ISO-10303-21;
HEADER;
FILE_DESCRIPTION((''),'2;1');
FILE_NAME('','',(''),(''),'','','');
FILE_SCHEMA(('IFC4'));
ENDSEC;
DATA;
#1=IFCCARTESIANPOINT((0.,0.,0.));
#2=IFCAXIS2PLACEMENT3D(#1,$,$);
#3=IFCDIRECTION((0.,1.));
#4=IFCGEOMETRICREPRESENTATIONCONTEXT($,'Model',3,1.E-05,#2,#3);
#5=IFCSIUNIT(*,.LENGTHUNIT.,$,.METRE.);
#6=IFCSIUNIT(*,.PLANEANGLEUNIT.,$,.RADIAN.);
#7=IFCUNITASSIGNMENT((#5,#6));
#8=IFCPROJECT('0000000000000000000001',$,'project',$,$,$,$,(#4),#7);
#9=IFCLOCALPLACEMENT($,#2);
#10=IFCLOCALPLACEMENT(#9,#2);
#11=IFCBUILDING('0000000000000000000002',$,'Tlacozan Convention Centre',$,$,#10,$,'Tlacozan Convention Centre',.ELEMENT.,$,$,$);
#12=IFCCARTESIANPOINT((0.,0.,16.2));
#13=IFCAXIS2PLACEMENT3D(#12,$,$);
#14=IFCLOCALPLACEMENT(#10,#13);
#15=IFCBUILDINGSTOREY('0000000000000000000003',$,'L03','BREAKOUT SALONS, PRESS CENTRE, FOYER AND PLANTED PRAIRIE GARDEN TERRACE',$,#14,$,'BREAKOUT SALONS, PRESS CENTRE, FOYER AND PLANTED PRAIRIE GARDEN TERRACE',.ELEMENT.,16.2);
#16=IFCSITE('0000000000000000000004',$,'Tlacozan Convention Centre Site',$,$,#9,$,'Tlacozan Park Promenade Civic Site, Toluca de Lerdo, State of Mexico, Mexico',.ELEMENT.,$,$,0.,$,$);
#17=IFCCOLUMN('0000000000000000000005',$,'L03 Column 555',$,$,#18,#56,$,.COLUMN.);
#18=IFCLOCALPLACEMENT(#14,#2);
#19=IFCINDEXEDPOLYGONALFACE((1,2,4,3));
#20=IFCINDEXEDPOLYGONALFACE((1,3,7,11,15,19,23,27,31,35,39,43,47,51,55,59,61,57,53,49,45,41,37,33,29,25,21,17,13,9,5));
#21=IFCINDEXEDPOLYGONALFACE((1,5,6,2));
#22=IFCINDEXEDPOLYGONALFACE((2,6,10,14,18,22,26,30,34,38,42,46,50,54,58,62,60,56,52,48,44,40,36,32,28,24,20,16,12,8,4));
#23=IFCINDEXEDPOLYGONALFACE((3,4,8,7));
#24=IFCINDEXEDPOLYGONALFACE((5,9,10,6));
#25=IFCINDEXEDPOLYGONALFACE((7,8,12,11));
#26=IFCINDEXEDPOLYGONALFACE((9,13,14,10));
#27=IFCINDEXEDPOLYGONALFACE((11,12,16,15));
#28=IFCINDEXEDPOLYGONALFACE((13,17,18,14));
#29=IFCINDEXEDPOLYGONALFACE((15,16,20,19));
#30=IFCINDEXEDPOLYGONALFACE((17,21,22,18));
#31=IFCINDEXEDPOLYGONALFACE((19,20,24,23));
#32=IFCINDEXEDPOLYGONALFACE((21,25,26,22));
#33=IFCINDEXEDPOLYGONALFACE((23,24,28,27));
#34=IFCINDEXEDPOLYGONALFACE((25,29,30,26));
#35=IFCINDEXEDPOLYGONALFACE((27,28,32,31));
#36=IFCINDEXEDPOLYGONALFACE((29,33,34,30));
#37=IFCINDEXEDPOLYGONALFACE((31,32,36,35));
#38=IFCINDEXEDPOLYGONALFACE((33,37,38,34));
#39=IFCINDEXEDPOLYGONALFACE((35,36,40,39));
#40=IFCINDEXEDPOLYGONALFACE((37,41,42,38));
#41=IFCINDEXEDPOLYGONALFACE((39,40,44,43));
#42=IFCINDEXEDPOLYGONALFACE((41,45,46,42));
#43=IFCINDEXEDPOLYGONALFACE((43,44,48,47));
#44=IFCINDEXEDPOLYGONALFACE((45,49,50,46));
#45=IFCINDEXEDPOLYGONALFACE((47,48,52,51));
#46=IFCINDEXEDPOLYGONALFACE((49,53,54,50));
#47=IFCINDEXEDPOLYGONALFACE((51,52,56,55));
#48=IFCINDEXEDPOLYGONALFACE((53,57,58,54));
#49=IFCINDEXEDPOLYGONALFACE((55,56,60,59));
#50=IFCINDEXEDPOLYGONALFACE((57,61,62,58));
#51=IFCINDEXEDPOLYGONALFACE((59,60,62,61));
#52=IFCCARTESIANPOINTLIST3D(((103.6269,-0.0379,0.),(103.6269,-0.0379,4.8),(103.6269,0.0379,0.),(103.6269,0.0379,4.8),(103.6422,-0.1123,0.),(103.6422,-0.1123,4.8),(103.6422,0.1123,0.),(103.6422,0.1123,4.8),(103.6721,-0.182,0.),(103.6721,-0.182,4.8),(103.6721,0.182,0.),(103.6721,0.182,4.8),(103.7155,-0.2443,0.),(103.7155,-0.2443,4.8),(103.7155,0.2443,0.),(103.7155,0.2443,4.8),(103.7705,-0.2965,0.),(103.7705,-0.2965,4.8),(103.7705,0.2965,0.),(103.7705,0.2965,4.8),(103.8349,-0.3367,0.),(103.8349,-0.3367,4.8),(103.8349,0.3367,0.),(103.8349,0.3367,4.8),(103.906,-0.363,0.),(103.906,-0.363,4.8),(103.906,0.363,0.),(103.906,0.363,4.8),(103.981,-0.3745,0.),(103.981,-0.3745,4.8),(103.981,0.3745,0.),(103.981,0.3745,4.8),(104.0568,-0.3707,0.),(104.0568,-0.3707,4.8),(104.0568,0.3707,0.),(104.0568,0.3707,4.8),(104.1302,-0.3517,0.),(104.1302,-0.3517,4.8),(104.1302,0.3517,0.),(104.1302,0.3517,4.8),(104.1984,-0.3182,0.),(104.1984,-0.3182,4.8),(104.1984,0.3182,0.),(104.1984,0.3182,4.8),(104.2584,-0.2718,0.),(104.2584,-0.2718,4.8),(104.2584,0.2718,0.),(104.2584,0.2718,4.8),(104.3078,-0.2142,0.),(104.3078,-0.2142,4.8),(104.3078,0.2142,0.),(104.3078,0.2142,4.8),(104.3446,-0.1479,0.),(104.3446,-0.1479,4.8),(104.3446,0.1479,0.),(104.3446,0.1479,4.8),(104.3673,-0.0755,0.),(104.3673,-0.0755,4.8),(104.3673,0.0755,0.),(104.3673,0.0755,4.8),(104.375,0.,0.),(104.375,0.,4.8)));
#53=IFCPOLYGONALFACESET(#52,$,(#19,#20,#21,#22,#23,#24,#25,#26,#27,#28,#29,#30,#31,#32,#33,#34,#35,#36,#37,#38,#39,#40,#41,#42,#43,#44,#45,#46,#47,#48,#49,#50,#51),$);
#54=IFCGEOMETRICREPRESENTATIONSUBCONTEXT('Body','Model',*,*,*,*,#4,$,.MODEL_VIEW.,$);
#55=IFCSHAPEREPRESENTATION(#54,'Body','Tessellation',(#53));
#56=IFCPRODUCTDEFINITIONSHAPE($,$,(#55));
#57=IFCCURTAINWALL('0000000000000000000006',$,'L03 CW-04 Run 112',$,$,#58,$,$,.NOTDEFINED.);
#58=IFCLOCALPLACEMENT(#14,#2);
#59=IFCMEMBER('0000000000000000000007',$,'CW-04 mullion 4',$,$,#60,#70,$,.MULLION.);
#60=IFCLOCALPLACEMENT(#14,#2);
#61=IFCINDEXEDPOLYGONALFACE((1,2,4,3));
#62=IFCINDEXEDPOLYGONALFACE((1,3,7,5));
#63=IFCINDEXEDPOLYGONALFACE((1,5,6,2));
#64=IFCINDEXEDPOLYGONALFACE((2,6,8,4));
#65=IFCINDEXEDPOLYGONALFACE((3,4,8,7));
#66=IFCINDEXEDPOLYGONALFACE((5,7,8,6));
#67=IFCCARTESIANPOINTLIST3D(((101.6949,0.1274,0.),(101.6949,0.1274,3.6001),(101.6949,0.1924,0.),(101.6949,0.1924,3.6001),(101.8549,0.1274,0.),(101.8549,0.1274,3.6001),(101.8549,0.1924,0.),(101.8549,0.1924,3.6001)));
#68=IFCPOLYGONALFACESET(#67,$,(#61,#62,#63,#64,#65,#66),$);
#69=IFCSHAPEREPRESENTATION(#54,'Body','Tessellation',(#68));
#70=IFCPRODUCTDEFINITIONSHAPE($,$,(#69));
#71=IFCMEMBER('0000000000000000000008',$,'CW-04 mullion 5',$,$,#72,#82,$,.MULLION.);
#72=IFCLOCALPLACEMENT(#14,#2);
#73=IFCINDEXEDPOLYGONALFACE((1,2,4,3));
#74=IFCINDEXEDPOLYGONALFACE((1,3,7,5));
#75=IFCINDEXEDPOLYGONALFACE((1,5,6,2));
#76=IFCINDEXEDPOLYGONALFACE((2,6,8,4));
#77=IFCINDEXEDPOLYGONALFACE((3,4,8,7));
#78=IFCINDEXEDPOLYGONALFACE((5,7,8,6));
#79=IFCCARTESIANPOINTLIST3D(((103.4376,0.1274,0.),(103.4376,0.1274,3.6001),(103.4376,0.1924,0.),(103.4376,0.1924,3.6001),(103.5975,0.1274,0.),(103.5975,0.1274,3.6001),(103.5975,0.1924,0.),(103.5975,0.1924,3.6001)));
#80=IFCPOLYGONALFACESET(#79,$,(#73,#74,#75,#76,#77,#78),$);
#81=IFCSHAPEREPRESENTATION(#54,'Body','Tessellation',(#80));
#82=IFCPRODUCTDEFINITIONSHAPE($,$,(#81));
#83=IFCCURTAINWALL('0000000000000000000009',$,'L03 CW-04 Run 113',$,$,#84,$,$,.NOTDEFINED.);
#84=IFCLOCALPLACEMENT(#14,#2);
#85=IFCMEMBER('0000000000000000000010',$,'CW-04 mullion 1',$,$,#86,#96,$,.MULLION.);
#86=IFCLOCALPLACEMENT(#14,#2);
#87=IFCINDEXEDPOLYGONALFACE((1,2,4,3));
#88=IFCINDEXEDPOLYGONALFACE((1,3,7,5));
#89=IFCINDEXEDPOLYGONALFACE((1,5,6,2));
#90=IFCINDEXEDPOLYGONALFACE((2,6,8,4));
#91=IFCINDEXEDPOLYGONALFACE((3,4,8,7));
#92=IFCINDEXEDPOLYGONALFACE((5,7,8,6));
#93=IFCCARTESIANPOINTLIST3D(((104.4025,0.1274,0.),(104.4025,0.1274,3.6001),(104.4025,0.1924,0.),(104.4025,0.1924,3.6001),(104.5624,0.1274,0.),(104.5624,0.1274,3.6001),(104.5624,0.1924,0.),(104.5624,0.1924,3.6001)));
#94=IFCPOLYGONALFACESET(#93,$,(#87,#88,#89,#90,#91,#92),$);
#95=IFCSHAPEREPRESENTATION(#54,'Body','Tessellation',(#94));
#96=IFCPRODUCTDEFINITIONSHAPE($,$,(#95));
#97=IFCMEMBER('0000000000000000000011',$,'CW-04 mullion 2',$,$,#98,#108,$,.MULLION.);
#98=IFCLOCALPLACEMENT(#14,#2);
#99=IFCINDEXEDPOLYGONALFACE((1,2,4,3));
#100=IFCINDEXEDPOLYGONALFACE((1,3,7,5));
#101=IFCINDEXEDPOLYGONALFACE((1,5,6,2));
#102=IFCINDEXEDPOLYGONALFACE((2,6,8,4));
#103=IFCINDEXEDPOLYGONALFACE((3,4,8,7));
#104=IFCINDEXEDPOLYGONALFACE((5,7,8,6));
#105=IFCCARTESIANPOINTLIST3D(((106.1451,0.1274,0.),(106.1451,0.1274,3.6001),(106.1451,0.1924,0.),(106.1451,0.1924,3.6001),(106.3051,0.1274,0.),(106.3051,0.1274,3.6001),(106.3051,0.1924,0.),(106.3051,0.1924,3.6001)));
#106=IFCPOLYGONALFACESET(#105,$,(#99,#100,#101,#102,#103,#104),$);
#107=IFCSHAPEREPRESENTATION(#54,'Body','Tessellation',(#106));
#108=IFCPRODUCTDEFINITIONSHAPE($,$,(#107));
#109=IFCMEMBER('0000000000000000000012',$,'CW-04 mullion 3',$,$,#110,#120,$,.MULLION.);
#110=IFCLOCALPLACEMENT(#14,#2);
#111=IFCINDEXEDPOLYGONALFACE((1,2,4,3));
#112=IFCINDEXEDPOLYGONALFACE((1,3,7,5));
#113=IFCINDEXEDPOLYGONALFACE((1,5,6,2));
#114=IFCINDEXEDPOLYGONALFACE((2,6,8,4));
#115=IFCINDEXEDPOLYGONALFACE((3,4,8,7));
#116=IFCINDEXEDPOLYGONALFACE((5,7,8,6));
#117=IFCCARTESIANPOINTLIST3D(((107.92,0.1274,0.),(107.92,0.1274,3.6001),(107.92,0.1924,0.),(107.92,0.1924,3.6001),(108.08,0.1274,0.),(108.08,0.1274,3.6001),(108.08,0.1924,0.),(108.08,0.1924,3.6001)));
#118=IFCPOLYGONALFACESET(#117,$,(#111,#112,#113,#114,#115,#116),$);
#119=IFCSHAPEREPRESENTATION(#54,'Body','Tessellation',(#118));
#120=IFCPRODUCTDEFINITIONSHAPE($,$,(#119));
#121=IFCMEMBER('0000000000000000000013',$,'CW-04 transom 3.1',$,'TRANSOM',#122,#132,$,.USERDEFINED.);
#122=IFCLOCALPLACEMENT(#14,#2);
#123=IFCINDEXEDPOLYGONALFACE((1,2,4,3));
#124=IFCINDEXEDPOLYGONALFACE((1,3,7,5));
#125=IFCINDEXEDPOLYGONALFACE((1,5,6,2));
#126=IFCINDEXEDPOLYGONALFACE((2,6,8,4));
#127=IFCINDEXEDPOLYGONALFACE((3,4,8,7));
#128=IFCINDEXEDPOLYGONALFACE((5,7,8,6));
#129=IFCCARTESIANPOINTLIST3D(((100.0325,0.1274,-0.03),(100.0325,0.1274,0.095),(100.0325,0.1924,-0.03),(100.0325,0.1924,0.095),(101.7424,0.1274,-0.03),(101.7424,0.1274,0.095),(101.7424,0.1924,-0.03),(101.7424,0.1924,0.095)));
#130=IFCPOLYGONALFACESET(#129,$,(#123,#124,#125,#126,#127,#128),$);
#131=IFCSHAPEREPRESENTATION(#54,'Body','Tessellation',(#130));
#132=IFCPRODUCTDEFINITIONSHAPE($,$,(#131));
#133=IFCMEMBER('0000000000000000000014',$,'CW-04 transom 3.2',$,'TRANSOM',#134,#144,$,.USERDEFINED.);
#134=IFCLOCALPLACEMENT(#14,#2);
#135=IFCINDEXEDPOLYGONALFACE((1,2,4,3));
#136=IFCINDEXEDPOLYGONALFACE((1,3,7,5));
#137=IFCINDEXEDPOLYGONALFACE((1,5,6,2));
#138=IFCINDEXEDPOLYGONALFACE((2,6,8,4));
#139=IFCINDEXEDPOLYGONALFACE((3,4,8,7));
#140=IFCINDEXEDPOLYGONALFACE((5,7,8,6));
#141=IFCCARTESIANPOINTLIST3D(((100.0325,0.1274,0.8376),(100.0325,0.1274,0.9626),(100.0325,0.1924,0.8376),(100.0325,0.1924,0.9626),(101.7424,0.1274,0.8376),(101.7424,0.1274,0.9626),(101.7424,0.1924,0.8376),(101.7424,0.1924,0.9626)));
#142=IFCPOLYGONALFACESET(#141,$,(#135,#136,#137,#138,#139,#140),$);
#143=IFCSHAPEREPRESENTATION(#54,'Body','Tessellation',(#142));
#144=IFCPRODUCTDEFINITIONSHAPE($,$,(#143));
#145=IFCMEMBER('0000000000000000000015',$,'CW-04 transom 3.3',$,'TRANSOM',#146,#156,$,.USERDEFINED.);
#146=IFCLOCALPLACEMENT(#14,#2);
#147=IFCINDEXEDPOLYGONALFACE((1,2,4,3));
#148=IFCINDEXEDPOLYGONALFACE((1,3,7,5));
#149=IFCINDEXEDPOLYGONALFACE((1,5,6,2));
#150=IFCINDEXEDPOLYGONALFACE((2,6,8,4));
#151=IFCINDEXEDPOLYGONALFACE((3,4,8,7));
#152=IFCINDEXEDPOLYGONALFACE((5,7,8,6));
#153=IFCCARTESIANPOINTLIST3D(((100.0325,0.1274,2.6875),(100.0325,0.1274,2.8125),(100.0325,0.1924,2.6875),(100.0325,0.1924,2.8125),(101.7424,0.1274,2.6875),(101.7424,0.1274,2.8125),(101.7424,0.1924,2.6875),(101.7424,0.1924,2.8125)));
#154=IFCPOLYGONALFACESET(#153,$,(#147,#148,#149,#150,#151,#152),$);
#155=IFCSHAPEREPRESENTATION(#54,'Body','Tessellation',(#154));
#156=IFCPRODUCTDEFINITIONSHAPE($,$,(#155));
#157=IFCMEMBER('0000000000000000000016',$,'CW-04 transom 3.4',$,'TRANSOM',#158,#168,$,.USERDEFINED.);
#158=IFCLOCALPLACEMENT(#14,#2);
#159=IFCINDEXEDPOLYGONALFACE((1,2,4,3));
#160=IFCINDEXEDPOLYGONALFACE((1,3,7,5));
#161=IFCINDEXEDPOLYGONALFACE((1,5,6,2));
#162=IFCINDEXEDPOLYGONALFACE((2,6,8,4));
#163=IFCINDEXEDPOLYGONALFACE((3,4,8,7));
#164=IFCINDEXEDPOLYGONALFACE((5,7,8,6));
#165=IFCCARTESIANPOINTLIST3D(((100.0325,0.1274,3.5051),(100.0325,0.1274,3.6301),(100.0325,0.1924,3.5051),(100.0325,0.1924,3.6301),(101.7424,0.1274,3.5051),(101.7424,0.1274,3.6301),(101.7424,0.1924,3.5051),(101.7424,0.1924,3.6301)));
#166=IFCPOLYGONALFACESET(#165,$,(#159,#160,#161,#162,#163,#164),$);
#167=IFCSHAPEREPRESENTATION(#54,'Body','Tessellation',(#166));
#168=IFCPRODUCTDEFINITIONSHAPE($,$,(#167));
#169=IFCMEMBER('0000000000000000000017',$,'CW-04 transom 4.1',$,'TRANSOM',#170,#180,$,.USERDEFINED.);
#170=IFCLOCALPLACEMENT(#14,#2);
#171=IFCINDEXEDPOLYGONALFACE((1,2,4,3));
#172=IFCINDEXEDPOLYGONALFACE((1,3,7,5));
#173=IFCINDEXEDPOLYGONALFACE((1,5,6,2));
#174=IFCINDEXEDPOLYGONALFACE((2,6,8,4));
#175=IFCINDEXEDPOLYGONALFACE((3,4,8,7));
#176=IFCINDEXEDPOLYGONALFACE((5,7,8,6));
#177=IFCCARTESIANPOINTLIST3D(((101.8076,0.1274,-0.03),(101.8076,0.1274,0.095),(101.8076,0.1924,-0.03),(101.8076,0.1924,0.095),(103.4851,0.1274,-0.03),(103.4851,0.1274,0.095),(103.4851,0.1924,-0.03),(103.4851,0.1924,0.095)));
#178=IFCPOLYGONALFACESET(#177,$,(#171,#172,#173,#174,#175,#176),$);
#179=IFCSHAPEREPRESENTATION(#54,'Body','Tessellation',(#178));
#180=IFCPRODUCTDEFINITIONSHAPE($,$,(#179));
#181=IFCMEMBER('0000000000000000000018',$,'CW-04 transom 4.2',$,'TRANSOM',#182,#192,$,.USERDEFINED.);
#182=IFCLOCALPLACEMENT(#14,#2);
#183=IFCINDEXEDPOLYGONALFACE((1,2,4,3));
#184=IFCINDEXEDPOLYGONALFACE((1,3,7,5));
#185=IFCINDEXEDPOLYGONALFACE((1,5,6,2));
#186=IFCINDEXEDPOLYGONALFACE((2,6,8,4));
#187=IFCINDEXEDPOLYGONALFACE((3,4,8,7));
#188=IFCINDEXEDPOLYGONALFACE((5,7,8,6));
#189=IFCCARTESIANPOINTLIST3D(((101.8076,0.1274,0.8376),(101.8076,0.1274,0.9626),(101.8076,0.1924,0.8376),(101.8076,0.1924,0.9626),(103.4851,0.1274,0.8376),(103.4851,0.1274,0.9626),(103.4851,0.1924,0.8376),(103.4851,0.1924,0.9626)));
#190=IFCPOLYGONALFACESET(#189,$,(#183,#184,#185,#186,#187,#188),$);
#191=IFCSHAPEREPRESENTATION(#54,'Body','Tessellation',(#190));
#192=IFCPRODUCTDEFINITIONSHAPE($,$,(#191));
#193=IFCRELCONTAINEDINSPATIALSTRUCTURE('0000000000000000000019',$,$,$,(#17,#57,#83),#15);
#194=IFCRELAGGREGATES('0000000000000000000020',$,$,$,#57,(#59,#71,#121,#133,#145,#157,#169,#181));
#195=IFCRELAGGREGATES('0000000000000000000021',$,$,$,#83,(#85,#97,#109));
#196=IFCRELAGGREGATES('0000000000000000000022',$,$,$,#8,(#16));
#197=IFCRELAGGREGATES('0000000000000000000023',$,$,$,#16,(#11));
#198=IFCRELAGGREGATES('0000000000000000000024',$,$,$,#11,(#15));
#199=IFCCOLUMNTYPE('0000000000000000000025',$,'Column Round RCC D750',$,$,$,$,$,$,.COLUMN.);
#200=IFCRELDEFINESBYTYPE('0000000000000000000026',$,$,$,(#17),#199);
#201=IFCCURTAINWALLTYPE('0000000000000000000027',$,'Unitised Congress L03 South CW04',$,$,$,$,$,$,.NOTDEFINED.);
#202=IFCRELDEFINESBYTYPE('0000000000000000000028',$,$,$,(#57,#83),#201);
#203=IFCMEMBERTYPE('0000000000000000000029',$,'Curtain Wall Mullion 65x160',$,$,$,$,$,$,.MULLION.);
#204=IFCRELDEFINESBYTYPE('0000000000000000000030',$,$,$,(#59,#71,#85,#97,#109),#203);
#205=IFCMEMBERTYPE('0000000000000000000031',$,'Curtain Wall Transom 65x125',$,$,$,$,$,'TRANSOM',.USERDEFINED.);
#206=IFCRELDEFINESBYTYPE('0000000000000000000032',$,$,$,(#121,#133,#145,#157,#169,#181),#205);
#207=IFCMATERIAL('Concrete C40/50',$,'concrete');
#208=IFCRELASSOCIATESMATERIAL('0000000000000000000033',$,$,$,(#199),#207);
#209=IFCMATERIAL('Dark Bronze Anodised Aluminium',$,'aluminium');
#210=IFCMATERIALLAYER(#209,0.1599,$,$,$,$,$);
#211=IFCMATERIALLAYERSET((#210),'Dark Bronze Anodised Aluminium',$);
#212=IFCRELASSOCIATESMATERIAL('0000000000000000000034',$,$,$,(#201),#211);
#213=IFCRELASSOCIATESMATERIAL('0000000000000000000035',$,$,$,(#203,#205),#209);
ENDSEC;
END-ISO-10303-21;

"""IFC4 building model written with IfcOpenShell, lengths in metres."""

from ifc_helpers import new_model, si_unit, direction, frame, origin, origin_2d, place, context, subcontext, project, spatial, rectangle, circle, extrude, material, layer, layer_set, material_profile, profile_set, type_object, element, aggregate, save


model = new_model("IFC4")

# Units and contexts
model_context = context("Model", 3, precision=1e-05, world=origin(), true_north=direction((0.0, 1.0)))
body_context = subcontext(model_context, "Body", "Model", "MODEL_VIEW")
ifc_project = project(units=[si_unit("LENGTHUNIT", "METRE"), si_unit("PLANEANGLEUNIT", "RADIAN")], contexts=[model_context])

# Site, building, storey
site_placement = place(None, origin())
site = spatial("IfcSite", under=ifc_project, at=site_placement, Name="Tlacozan Convention Centre Site", LongName="Tlacozan Park Promenade Civic Site, Toluca de Lerdo, State of Mexico, Mexico", CompositionType="ELEMENT", RefElevation=0.0)
building_placement = place(site_placement, origin())
building = spatial("IfcBuilding", under=site, at=building_placement, Name="Tlacozan Convention Centre", LongName="Tlacozan Convention Centre", CompositionType="ELEMENT")
storey_placement = place(building_placement, frame((0.0, 0.0, 16.2)))
storey = spatial("IfcBuildingStorey", under=building, at=storey_placement, Name="L03", Description="BREAKOUT SALONS, PRESS CENTRE, FOYER AND PLANTED PRAIRIE GARDEN TERRACE", LongName="BREAKOUT SALONS, PRESS CENTRE, FOYER AND PLANTED PRAIRIE GARDEN TERRACE", CompositionType="ELEMENT", Elevation=16.2)

# Column
ifc_material_1 = material(Name="Concrete C40/50", Category="concrete")
ifc_material_profile_1 = material_profile(ifc_material_1, circle(Radius=0.375, at=origin_2d()), Name="RCC D750")
ifc_profile_set_1 = profile_set([ifc_material_profile_1], Name="Concrete C40/50")
column_type = type_object("IfcColumnType", Name="Column Round RCC D750", PredefinedType="COLUMN", material=ifc_profile_set_1)
column_placement = place(storey_placement, frame((104.0, 0.0, 0.0), z_axis=(0.0, 0.0, 1.0), x_axis=(1.0, 0.0, 0.0)))
element("IfcColumn", 1, at=column_placement, inside=storey, type_object=column_type, Name="L03 Column 555", PredefinedType="COLUMN", context=body_context, shape_type="SweptSolid", body=[
    extrude(circle(Radius=0.375, at=origin_2d()), origin(), (0.0, 0.0, 1.0), 4.8),
])

# Curtain walls, members
ifc_material_2 = material(Name="Dark Bronze Anodised Aluminium", Category="aluminium")
ifc_layer_1 = layer(ifc_material_2, 0.1599)
ifc_layer_set_1 = layer_set([ifc_layer_1], Name="Dark Bronze Anodised Aluminium")
curtain_wall_type = type_object("IfcCurtainWallType", Name="Unitised Congress L03 South CW04", PredefinedType="NOTDEFINED", material=ifc_layer_set_1)
curtain_wall_1_placement = place(storey_placement, origin())
curtain_wall_1 = element("IfcCurtainWall", 2, at=curtain_wall_1_placement, inside=storey, type_object=curtain_wall_type, Name="L03 CW-04 Run 112", PredefinedType="NOTDEFINED")
ifc_material_profile_2 = material_profile(ifc_material_2, rectangle(XDim=0.0649, YDim=0.1599, at=origin_2d()), Name="ALU 65x160")
ifc_profile_set_2 = profile_set([ifc_material_profile_2], Name="Dark Bronze Anodised Aluminium")
member_type_1 = type_object("IfcMemberType", Name="Curtain Wall Mullion 65x160", PredefinedType="MULLION", material=ifc_profile_set_2)
member_1_placement = place(storey_placement, frame((101.7749, 0.1599, 0.0), z_axis=(0.0, 0.0, 1.0), x_axis=(0.0, 1.0, 0.0)))
member_1 = element("IfcMember", 3, at=member_1_placement, type_object=member_type_1, Name="CW-04 mullion 4", PredefinedType="MULLION", context=body_context, shape_type="SweptSolid", body=[
    extrude(rectangle(XDim=0.0649, YDim=0.1599, at=origin_2d()), origin(), (0.0, 0.0, 1.0), 3.6001),
])
member_2_placement = place(storey_placement, frame((103.5176, 0.1599, 0.0), z_axis=(0.0, 0.0, 1.0), x_axis=(0.0, 1.0, 0.0)))
member_2 = element("IfcMember", 4, at=member_2_placement, type_object=member_type_1, Name="CW-04 mullion 5", PredefinedType="MULLION", context=body_context, shape_type="SweptSolid", body=[
    extrude(rectangle(XDim=0.0649, YDim=0.1599, at=origin_2d()), origin(), (0.0, 0.0, 1.0), 3.6001),
])
curtain_wall_2_placement = place(storey_placement, origin())
curtain_wall_2 = element("IfcCurtainWall", 5, at=curtain_wall_2_placement, inside=storey, type_object=curtain_wall_type, Name="L03 CW-04 Run 113", PredefinedType="NOTDEFINED")
member_3_placement = place(storey_placement, frame((104.4824, 0.1599, 0.0), z_axis=(0.0, 0.0, 1.0), x_axis=(0.0, 1.0, 0.0)))
member_3 = element("IfcMember", 6, at=member_3_placement, type_object=member_type_1, Name="CW-04 mullion 1", PredefinedType="MULLION", context=body_context, shape_type="SweptSolid", body=[
    extrude(rectangle(XDim=0.0649, YDim=0.1599, at=origin_2d()), origin(), (0.0, 0.0, 1.0), 3.6001),
])
member_4_placement = place(storey_placement, frame((106.2251, 0.1599, 0.0), z_axis=(0.0, 0.0, 1.0), x_axis=(0.0, 1.0, 0.0)))
member_4 = element("IfcMember", 7, at=member_4_placement, type_object=member_type_1, Name="CW-04 mullion 2", PredefinedType="MULLION", context=body_context, shape_type="SweptSolid", body=[
    extrude(rectangle(XDim=0.0649, YDim=0.1599, at=origin_2d()), origin(), (0.0, 0.0, 1.0), 3.6001),
])
member_5_placement = place(storey_placement, frame((108.0, 0.1599, 0.0), z_axis=(0.0, 0.0, 1.0), x_axis=(0.0, 1.0, 0.0)))
member_5 = element("IfcMember", 8, at=member_5_placement, type_object=member_type_1, Name="CW-04 mullion 3", PredefinedType="MULLION", context=body_context, shape_type="SweptSolid", body=[
    extrude(rectangle(XDim=0.0649, YDim=0.1599, at=origin_2d()), origin(), (0.0, 0.0, 1.0), 3.6001),
])

# Members
ifc_material_profile_3 = material_profile(ifc_material_2, rectangle(XDim=0.0649, YDim=0.125, at=origin_2d()), Name="ALU 65x125")
ifc_profile_set_3 = profile_set([ifc_material_profile_3], Name="Dark Bronze Anodised Aluminium")
member_type_2 = type_object("IfcMemberType", Name="Curtain Wall Transom 65x125", ElementType="TRANSOM", PredefinedType="USERDEFINED", material=ifc_profile_set_3)
member_6_placement = place(storey_placement, frame((100.0325, 0.1599, 0.0325), z_axis=(1.0, 0.0, 0.0), x_axis=(0.0, 1.0, 0.0)))
member_6 = element("IfcMember", 9, at=member_6_placement, type_object=member_type_2, Name="CW-04 transom 3.1", ObjectType="TRANSOM", PredefinedType="USERDEFINED", context=body_context, shape_type="SweptSolid", body=[
    extrude(rectangle(XDim=0.0649, YDim=0.125, at=origin_2d()), origin(), (0.0, 0.0, 1.0), 1.71),
])
member_7_placement = place(storey_placement, frame((100.0325, 0.1599, 0.9001), z_axis=(1.0, 0.0, 0.0), x_axis=(0.0, 1.0, 0.0)))
member_7 = element("IfcMember", 10, at=member_7_placement, type_object=member_type_2, Name="CW-04 transom 3.2", ObjectType="TRANSOM", PredefinedType="USERDEFINED", context=body_context, shape_type="SweptSolid", body=[
    extrude(rectangle(XDim=0.0649, YDim=0.125, at=origin_2d()), origin(), (0.0, 0.0, 1.0), 1.71),
])
member_8_placement = place(storey_placement, frame((100.0325, 0.1599, 2.75), z_axis=(1.0, 0.0, 0.0), x_axis=(0.0, 1.0, 0.0)))
member_8 = element("IfcMember", 11, at=member_8_placement, type_object=member_type_2, Name="CW-04 transom 3.3", ObjectType="TRANSOM", PredefinedType="USERDEFINED", context=body_context, shape_type="SweptSolid", body=[
    extrude(rectangle(XDim=0.0649, YDim=0.125, at=origin_2d()), origin(), (0.0, 0.0, 1.0), 1.71),
])
member_9_placement = place(storey_placement, frame((100.0325, 0.1599, 3.5676), z_axis=(1.0, 0.0, 0.0), x_axis=(0.0, 1.0, 0.0)))
member_9 = element("IfcMember", 12, at=member_9_placement, type_object=member_type_2, Name="CW-04 transom 3.4", ObjectType="TRANSOM", PredefinedType="USERDEFINED", context=body_context, shape_type="SweptSolid", body=[
    extrude(rectangle(XDim=0.0649, YDim=0.125, at=origin_2d()), origin(), (0.0, 0.0, 1.0), 1.71),
])
member_10_placement = place(storey_placement, frame((101.8076, 0.1599, 0.0325), z_axis=(1.0, 0.0, 0.0), x_axis=(0.0, 1.0, 0.0)))
member_10 = element("IfcMember", 13, at=member_10_placement, type_object=member_type_2, Name="CW-04 transom 4.1", ObjectType="TRANSOM", PredefinedType="USERDEFINED", context=body_context, shape_type="SweptSolid", body=[
    extrude(rectangle(XDim=0.0649, YDim=0.125, at=origin_2d()), origin(), (0.0, 0.0, 1.0), 1.6775),
])
member_11_placement = place(storey_placement, frame((101.8076, 0.1599, 0.9001), z_axis=(1.0, 0.0, 0.0), x_axis=(0.0, 1.0, 0.0)))
member_11 = element("IfcMember", 14, at=member_11_placement, type_object=member_type_2, Name="CW-04 transom 4.2", ObjectType="TRANSOM", PredefinedType="USERDEFINED", context=body_context, shape_type="SweptSolid", body=[
    extrude(rectangle(XDim=0.0649, YDim=0.125, at=origin_2d()), origin(), (0.0, 0.0, 1.0), 1.6775),
])

aggregate(curtain_wall_1, [member_1, member_2, member_6, member_7, member_8, member_9, member_10, member_11])
aggregate(curtain_wall_2, [member_3, member_4, member_5])

save(model, "model.ifc")
